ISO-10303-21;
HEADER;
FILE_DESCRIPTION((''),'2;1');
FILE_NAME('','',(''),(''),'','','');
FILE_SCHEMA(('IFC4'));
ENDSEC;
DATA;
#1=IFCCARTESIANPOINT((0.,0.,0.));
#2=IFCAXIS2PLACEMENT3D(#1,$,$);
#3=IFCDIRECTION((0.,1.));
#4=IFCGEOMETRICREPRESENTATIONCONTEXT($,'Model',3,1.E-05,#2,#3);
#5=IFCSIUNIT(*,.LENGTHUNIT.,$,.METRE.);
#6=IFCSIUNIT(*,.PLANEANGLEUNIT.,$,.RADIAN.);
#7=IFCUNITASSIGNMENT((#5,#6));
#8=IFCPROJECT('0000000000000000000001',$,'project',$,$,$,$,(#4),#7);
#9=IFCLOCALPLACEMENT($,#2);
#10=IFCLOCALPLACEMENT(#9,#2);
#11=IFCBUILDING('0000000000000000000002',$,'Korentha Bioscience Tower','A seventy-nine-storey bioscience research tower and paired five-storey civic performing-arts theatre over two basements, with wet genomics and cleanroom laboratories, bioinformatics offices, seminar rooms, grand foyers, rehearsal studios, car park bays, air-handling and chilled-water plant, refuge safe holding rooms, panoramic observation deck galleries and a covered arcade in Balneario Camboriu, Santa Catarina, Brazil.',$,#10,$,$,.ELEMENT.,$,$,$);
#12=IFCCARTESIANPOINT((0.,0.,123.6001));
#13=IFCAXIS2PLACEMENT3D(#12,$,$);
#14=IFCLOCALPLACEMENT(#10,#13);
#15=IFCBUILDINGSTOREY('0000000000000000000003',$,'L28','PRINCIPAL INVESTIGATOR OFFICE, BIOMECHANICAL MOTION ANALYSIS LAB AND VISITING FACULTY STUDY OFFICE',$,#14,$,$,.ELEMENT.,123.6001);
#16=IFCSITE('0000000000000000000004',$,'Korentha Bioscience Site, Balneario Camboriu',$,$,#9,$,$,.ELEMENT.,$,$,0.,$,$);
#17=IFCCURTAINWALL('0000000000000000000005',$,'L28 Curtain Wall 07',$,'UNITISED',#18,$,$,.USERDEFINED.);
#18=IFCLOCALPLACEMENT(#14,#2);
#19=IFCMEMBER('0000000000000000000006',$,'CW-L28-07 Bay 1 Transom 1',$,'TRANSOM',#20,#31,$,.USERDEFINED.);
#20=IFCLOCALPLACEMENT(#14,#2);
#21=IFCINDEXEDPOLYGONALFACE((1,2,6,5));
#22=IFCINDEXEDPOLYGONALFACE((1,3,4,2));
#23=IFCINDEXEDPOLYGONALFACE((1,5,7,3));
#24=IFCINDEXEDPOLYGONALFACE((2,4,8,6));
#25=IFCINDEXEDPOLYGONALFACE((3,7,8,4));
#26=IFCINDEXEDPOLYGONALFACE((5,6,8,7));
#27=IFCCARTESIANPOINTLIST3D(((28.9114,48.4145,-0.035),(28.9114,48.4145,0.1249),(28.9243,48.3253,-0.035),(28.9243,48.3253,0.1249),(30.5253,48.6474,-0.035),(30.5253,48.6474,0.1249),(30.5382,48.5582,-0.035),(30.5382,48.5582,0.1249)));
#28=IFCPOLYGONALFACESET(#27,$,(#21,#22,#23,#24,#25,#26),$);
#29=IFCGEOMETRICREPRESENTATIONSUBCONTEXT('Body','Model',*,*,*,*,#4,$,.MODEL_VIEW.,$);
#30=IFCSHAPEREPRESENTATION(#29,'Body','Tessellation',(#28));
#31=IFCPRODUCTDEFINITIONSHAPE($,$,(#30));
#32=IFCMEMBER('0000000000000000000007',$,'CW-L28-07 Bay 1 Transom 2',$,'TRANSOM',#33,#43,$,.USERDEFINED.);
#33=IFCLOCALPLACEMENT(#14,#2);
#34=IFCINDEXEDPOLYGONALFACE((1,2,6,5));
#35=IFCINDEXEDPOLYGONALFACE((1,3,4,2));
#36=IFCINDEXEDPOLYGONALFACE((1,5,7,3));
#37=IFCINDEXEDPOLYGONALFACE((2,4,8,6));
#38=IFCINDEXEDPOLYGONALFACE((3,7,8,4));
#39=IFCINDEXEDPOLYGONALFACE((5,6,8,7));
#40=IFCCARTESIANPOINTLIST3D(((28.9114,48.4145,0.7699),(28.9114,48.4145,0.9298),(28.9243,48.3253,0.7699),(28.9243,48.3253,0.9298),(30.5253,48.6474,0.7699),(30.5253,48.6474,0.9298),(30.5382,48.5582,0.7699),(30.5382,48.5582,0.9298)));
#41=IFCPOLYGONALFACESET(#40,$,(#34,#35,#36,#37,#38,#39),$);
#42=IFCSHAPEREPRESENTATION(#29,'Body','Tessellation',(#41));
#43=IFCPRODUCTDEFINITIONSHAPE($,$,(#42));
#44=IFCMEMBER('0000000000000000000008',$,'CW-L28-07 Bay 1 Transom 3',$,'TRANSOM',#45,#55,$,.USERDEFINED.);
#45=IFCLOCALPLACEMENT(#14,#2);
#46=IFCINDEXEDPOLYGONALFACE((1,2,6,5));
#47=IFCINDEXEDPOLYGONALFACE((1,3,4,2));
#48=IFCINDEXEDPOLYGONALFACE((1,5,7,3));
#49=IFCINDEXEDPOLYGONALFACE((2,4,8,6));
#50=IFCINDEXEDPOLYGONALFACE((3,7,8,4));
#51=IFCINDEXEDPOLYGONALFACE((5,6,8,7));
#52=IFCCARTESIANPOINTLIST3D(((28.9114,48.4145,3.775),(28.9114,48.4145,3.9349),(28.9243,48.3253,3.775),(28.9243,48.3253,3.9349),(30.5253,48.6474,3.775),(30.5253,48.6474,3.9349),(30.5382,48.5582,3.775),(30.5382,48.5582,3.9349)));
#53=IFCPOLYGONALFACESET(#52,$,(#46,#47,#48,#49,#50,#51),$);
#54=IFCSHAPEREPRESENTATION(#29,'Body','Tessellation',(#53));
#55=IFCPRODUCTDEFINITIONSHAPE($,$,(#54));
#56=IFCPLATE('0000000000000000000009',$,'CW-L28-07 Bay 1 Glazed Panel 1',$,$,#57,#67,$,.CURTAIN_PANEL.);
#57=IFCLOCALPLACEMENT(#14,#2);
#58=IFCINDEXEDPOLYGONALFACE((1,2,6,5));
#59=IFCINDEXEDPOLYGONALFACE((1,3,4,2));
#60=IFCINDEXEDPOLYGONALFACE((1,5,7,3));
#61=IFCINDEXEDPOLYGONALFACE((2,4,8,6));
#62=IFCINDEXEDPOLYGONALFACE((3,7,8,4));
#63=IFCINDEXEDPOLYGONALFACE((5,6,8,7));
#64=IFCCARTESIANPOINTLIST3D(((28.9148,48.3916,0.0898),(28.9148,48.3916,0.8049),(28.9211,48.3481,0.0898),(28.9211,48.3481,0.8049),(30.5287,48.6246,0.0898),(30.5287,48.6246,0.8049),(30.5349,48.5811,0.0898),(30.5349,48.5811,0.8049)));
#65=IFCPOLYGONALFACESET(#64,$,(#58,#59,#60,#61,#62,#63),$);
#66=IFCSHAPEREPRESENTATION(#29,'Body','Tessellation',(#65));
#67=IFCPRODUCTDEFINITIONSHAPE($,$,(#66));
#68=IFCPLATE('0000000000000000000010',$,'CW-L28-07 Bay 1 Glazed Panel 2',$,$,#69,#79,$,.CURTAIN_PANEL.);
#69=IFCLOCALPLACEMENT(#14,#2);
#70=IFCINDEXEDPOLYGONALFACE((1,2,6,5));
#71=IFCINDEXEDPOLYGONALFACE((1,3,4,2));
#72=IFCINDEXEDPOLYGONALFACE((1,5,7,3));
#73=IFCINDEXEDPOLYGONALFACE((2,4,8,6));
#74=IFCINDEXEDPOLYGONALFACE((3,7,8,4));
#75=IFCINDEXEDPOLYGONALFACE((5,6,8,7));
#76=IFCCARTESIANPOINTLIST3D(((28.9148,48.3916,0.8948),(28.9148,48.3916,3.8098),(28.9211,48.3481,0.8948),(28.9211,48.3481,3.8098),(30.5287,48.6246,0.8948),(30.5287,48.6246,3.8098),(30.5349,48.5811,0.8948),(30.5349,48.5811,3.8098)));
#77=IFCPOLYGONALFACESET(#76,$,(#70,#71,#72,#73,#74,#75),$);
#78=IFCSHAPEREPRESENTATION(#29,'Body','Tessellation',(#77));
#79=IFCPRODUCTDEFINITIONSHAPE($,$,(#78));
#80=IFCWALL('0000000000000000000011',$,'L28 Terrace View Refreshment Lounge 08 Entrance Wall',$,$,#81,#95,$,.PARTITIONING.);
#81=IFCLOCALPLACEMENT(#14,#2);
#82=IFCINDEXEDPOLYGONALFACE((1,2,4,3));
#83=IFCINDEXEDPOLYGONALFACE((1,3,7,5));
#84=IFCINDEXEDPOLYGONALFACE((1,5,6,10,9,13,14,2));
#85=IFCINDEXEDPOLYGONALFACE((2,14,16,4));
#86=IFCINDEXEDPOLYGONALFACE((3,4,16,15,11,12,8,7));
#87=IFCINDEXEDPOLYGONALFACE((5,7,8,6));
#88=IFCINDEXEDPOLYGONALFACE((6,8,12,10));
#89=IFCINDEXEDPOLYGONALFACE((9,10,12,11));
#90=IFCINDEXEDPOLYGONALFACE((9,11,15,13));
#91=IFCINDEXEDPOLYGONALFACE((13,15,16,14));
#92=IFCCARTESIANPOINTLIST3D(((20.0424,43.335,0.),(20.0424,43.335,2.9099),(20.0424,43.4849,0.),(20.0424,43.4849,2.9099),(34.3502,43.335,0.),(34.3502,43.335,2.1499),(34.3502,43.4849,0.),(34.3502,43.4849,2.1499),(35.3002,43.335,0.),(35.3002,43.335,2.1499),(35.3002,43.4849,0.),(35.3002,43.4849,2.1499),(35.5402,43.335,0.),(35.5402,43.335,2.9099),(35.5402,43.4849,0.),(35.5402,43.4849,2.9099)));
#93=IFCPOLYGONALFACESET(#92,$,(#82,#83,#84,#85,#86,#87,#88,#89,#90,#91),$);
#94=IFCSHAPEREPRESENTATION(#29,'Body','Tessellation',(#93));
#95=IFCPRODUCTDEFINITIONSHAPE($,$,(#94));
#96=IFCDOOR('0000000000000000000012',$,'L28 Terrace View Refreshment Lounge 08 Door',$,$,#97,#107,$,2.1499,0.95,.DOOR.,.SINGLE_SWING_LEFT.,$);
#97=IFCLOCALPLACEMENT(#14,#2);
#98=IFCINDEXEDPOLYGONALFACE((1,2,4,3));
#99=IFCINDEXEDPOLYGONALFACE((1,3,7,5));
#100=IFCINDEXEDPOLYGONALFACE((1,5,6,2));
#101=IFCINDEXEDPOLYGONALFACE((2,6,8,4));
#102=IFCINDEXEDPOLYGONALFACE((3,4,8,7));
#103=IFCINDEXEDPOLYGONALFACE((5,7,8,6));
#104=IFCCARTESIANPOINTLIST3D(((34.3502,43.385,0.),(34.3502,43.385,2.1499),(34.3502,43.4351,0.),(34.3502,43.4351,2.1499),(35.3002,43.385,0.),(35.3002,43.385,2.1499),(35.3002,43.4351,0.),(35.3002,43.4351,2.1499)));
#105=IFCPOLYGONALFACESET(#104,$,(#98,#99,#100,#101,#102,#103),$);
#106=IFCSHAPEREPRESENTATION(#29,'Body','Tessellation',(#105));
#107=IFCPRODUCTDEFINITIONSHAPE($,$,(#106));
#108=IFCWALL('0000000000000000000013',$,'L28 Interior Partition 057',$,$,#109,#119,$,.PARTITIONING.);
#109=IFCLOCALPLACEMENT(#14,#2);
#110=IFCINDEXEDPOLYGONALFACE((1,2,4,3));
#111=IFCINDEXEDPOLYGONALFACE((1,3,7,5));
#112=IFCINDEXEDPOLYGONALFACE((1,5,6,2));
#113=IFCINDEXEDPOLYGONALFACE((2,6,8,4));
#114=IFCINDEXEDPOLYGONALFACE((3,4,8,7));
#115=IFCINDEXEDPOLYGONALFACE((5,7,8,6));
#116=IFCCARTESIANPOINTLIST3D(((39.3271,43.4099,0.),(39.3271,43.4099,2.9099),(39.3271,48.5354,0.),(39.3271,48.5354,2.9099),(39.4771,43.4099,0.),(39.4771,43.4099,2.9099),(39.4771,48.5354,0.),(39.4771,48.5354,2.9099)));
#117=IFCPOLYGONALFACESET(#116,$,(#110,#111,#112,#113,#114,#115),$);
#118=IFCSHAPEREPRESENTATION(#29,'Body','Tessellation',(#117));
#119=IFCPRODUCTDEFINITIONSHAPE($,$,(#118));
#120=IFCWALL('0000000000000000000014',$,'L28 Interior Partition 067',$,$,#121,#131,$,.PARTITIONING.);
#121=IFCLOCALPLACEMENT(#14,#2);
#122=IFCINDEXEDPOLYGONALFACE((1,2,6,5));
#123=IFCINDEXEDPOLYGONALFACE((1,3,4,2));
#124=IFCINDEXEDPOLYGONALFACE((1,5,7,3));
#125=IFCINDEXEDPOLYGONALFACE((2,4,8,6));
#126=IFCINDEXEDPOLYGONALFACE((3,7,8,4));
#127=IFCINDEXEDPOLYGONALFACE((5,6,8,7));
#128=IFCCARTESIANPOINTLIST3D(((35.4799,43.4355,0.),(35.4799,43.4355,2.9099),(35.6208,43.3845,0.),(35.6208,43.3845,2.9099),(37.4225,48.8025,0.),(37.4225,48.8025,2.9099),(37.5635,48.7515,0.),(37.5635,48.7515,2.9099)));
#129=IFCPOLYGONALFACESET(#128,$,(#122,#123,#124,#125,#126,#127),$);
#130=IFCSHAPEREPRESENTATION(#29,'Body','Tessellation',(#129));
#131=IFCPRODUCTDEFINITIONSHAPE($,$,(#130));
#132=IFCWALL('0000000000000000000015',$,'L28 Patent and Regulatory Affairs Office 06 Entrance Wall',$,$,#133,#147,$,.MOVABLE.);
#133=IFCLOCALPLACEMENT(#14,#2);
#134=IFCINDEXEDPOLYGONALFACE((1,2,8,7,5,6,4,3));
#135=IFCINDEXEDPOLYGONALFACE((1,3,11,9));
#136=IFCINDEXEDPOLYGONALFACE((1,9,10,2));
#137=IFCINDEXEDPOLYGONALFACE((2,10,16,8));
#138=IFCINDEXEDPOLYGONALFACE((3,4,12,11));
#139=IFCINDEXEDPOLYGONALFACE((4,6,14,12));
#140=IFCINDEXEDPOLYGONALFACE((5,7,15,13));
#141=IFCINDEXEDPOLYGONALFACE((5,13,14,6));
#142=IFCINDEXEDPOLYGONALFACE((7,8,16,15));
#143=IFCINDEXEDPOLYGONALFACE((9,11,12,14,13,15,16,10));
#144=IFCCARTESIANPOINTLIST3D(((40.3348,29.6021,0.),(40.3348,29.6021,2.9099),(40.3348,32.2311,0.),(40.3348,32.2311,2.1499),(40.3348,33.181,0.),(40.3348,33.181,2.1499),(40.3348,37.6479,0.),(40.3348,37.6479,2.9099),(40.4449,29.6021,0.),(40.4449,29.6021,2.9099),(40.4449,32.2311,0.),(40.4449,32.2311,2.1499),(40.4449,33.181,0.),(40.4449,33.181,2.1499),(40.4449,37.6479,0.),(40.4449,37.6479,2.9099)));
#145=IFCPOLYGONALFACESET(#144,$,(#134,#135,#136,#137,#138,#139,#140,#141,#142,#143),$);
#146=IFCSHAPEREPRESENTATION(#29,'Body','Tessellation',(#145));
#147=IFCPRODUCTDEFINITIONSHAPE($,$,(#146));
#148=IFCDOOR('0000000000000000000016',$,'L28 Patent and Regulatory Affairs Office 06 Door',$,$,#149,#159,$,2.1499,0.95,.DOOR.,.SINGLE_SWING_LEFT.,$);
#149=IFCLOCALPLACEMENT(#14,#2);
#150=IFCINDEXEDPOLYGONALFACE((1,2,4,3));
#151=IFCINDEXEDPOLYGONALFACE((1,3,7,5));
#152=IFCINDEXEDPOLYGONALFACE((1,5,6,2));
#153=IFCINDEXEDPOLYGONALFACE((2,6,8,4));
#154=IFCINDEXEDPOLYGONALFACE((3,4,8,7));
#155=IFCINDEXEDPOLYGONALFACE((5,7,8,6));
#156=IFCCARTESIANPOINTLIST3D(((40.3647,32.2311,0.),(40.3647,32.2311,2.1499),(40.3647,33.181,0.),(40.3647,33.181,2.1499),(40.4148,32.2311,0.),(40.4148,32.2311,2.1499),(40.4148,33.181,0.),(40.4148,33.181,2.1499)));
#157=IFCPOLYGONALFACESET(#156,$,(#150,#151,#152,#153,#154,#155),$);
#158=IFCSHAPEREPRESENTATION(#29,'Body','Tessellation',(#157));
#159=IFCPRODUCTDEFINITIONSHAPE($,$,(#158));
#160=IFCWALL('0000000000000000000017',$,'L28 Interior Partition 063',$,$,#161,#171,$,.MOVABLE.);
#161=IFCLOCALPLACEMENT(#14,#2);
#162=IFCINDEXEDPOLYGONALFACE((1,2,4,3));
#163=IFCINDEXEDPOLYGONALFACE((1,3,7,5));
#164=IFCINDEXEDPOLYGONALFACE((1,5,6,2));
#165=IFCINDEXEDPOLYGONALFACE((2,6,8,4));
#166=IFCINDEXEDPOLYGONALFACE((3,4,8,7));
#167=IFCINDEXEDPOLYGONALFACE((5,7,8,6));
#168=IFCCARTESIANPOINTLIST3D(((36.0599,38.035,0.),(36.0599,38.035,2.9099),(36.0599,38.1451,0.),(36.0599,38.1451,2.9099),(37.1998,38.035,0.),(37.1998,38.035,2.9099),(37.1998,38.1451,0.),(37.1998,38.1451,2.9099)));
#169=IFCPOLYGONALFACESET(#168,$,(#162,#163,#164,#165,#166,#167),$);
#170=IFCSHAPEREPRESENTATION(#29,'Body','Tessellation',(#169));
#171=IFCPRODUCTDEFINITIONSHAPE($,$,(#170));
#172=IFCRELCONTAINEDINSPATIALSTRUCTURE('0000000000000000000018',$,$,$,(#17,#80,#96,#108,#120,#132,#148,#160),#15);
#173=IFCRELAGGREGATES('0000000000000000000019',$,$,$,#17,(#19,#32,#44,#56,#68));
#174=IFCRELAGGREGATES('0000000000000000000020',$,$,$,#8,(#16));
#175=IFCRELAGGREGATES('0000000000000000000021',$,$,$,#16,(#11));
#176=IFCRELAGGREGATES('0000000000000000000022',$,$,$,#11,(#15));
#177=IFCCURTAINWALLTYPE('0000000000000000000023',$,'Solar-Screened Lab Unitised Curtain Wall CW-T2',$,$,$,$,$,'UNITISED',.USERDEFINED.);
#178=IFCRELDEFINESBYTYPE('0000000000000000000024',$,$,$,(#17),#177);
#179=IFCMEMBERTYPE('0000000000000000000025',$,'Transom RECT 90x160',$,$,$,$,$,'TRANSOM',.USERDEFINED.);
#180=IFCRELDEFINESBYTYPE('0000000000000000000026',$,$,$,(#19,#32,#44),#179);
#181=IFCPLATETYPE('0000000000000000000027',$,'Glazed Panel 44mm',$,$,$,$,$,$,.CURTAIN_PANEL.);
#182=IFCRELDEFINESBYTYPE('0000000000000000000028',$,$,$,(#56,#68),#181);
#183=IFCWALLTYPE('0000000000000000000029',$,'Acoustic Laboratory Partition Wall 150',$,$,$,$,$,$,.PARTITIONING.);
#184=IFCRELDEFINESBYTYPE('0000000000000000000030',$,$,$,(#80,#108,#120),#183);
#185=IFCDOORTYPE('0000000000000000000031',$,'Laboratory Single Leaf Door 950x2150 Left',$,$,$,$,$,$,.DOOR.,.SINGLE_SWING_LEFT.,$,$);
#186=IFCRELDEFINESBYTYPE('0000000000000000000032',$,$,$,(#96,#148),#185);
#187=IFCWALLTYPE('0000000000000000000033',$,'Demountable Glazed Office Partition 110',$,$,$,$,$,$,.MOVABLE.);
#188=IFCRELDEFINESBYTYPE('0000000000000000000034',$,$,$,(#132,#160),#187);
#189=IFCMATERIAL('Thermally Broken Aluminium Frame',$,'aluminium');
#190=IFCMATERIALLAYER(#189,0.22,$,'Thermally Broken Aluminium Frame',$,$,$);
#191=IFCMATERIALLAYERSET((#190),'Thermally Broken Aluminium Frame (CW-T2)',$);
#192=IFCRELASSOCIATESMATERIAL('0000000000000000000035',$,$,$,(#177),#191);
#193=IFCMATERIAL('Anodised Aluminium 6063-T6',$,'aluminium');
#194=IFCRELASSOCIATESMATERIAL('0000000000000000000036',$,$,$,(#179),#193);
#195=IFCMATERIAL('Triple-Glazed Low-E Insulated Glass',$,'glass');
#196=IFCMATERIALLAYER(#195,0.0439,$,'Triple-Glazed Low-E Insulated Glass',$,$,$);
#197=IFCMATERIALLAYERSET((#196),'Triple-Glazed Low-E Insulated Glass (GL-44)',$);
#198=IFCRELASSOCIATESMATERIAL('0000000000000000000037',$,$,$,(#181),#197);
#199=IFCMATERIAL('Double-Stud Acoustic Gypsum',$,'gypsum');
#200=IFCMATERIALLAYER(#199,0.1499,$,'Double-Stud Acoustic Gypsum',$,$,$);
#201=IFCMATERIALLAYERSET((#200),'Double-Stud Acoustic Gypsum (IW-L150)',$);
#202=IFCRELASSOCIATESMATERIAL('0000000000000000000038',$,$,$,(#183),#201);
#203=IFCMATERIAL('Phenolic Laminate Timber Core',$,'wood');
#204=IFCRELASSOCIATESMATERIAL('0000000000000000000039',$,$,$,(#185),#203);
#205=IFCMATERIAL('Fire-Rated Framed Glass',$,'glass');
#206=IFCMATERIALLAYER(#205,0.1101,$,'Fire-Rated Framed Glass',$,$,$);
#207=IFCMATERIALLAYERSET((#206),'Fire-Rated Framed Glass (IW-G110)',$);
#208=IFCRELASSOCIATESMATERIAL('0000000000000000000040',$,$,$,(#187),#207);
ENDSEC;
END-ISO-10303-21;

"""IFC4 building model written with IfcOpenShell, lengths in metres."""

from ifc_helpers import new_model, si_unit, direction, frame, frame_2d, origin, origin_2d, place, context, subcontext, project, spatial, rectangle, extrude, material, layer, layer_set, material_profile, profile_set, type_object, element, fill, aggregate, save


model = new_model("IFC4")

# Units and contexts
model_context = context("Model", 3, precision=1e-05, world=origin(), true_north=direction((0.0, 1.0)))
body_context = subcontext(model_context, "Body", "Model", "MODEL_VIEW")
ifc_project = project(units=[si_unit("LENGTHUNIT", "METRE"), si_unit("PLANEANGLEUNIT", "RADIAN")], contexts=[model_context])

# Site, building, storey
site_placement = place(None, origin())
site = spatial("IfcSite", under=ifc_project, at=site_placement, Name="Korentha Bioscience Site, Balneario Camboriu", CompositionType="ELEMENT", RefElevation=0.0)
building_placement = place(site_placement, origin())
building = spatial("IfcBuilding", under=site, at=building_placement, Name="Korentha Bioscience Tower", Description="A seventy-nine-storey bioscience research tower and paired five-storey civic performing-arts theatre over two basements, with wet genomics and cleanroom laboratories, bioinformatics offices, seminar rooms, grand foyers, rehearsal studios, car park bays, air-handling and chilled-water plant, refuge safe holding rooms, panoramic observation deck galleries and a covered arcade in Balneario Camboriu, Santa Catarina, Brazil.", CompositionType="ELEMENT")
storey_placement = place(building_placement, frame((0.0, 0.0, 123.6001)))
storey = spatial("IfcBuildingStorey", under=building, at=storey_placement, Name="L28", Description="PRINCIPAL INVESTIGATOR OFFICE, BIOMECHANICAL MOTION ANALYSIS LAB AND VISITING FACULTY STUDY OFFICE", CompositionType="ELEMENT", Elevation=123.6001)

# Curtain wall
ifc_material_1 = material(Name="Thermally Broken Aluminium Frame", Category="aluminium")
ifc_layer_1 = layer(ifc_material_1, 0.22, Name="Thermally Broken Aluminium Frame")
ifc_layer_set_1 = layer_set([ifc_layer_1], Name="Thermally Broken Aluminium Frame (CW-T2)")
curtain_wall_type = type_object("IfcCurtainWallType", Name="Solar-Screened Lab Unitised Curtain Wall CW-T2", ElementType="UNITISED", PredefinedType="USERDEFINED", material=ifc_layer_set_1)
curtain_wall_placement = place(storey_placement, origin())
curtain_wall = element("IfcCurtainWall", 1, at=curtain_wall_placement, inside=storey, type_object=curtain_wall_type, Name="L28 Curtain Wall 07", ObjectType="UNITISED", PredefinedType="USERDEFINED")
ifc_material_2 = material(Name="Anodised Aluminium 6063-T6", Category="aluminium")

# Members
ifc_material_profile_1 = material_profile(ifc_material_2, rectangle(XDim=0.0901, YDim=0.1599, at=origin_2d()), Name="Anodised Aluminium 6063-T6")
ifc_profile_set_1 = profile_set([ifc_material_profile_1], Name="Anodised Aluminium 6063-T6 (CW-TRN)")
member_type_1 = type_object("IfcMemberType", Name="Transom RECT 90x160", ElementType="TRANSOM", PredefinedType="USERDEFINED", material=ifc_profile_set_1)
member_1_placement = place(storey_placement, frame((30.5317, 48.6028, 0.0449), z_axis=(-0.989748, -0.142826, 0.0), x_axis=(0.142826, -0.989748, 0.0)))
member_1 = element("IfcMember", 2, at=member_1_placement, type_object=member_type_1, Name="CW-L28-07 Bay 1 Transom 1", ObjectType="TRANSOM", PredefinedType="USERDEFINED", context=body_context, shape_type="SweptSolid", body=[
    extrude(rectangle(XDim=0.0901, YDim=0.1599, at=origin_2d()), origin(), (0.0, 0.0, 1.0), 1.6306),
])
member_2_placement = place(storey_placement, frame((30.5317, 48.6028, 0.8499), z_axis=(-0.989748, -0.142826, 0.0), x_axis=(0.142826, -0.989748, 0.0)))
member_2 = element("IfcMember", 3, at=member_2_placement, type_object=member_type_1, Name="CW-L28-07 Bay 1 Transom 2", ObjectType="TRANSOM", PredefinedType="USERDEFINED", context=body_context, shape_type="SweptSolid", body=[
    extrude(rectangle(XDim=0.0901, YDim=0.1599, at=origin_2d()), origin(), (0.0, 0.0, 1.0), 1.6306),
])
member_3_placement = place(storey_placement, frame((30.5317, 48.6028, 3.855), z_axis=(-0.989748, -0.142826, 0.0), x_axis=(0.142826, -0.989748, 0.0)))
member_3 = element("IfcMember", 4, at=member_3_placement, type_object=member_type_1, Name="CW-L28-07 Bay 1 Transom 3", ObjectType="TRANSOM", PredefinedType="USERDEFINED", context=body_context, shape_type="SweptSolid", body=[
    extrude(rectangle(XDim=0.0901, YDim=0.1599, at=origin_2d()), origin(), (0.0, 0.0, 1.0), 1.6306),
])

# Plates
ifc_material_3 = material(Name="Triple-Glazed Low-E Insulated Glass", Category="glass")
ifc_layer_2 = layer(ifc_material_3, 0.0439, Name="Triple-Glazed Low-E Insulated Glass")
ifc_layer_set_2 = layer_set([ifc_layer_2], Name="Triple-Glazed Low-E Insulated Glass (GL-44)")
plate_type = type_object("IfcPlateType", Name="Glazed Panel 44mm", PredefinedType="CURTAIN_PANEL", material=ifc_layer_set_2)
plate_1_placement = place(storey_placement, frame((29.7249, 48.4863, 0.0898), z_axis=(0.0, 0.0, 1.0), x_axis=(-0.989738, -0.142892, 0.0)))
plate_1 = element("IfcPlate", 5, at=plate_1_placement, type_object=plate_type, Name="CW-L28-07 Bay 1 Glazed Panel 1", PredefinedType="CURTAIN_PANEL", context=body_context, shape_type="SweptSolid", body=[
    extrude(rectangle(XDim=1.6306, YDim=0.0439, at=origin_2d()), origin(), (0.0, 0.0, 1.0), 0.7151),
])
plate_2_placement = place(storey_placement, frame((29.7249, 48.4863, 0.8948), z_axis=(0.0, 0.0, 1.0), x_axis=(-0.989738, -0.142892, 0.0)))
plate_2 = element("IfcPlate", 6, at=plate_2_placement, type_object=plate_type, Name="CW-L28-07 Bay 1 Glazed Panel 2", PredefinedType="CURTAIN_PANEL", context=body_context, shape_type="SweptSolid", body=[
    extrude(rectangle(XDim=1.6306, YDim=0.0439, at=origin_2d()), origin(), (0.0, 0.0, 1.0), 2.915),
])
aggregate(curtain_wall, [member_1, member_2, member_3, plate_1, plate_2])

# Wall, opening, door
ifc_material_4 = material(Name="Double-Stud Acoustic Gypsum", Category="gypsum")
ifc_layer_3 = layer(ifc_material_4, 0.1499, Name="Double-Stud Acoustic Gypsum")
ifc_layer_set_3 = layer_set([ifc_layer_3], Name="Double-Stud Acoustic Gypsum (IW-L150)")
wall_type_1 = type_object("IfcWallType", Name="Acoustic Laboratory Partition Wall 150", PredefinedType="PARTITIONING", material=ifc_layer_set_3)
ifc_material_5 = material(Name="Phenolic Laminate Timber Core", Category="wood")
wall_1_placement = place(storey_placement, frame((35.5403, 43.4099, 0.0), z_axis=(0.0, 0.0, 1.0), x_axis=(-1.0, 0.0, 0.0)))
wall_1 = element("IfcWall", 7, at=wall_1_placement, inside=storey, type_object=wall_type_1, Name="L28 Terrace View Refreshment Lounge 08 Entrance Wall", PredefinedType="PARTITIONING", context=body_context, shape_type="SweptSolid", body=[
    extrude(rectangle(XDim=15.4978, YDim=0.1499, at=frame_2d((7.749, 0.0))), origin(), (0.0, 0.0, 1.0), 2.9099),
])
opening_1_placement = place(wall_1_placement, frame((0.24, 0.0, 0.0)))
opening_1 = element("IfcOpeningElement", 8, at=opening_1_placement, cuts=wall_1, PredefinedType="OPENING", context=body_context, shape_type="SweptSolid", body=[
    extrude(rectangle(XDim=0.95, YDim=2.1499, at=frame_2d((0.4751, 1.075))), frame((0.0, 0.0898, 0.0), z_axis=(0.0, -1.0, 0.0), x_axis=(1.0, 0.0, 0.0)), (0.0, 0.0, 1.0), 0.1797),
])
door_type_1 = type_object("IfcDoorType", Name="Laboratory Single Leaf Door 950x2150 Left", OperationType="SINGLE_SWING_LEFT", PredefinedType="DOOR", material=ifc_material_5)
door_1_placement = place(opening_1_placement, origin())
door_1 = element("IfcDoor", 9, at=door_1_placement, inside=storey, type_object=door_type_1, Name="L28 Terrace View Refreshment Lounge 08 Door", OperationType="SINGLE_SWING_LEFT", OverallHeight=2.1499, OverallWidth=0.95, PredefinedType="DOOR", context=body_context, shape_type="SweptSolid", body=[
    extrude(rectangle(XDim=0.95, YDim=2.1499, at=frame_2d((0.4751, 1.075))), frame((0.0, 0.0249, 0.0), z_axis=(0.0, -1.0, 0.0), x_axis=(1.0, 0.0, 0.0)), (0.0, 0.0, 1.0), 0.05),
])
fill(opening_1, door_1)

# Walls
wall_2_placement = place(storey_placement, frame((39.4021, 43.4099, 0.0), z_axis=(0.0, 0.0, 1.0), x_axis=(0.0, 1.0, 0.0)))
element("IfcWall", 10, at=wall_2_placement, inside=storey, type_object=wall_type_1, Name="L28 Interior Partition 057", PredefinedType="PARTITIONING", context=body_context, shape_type="SweptSolid", body=[
    extrude(rectangle(XDim=5.1255, YDim=0.1499, at=frame_2d((2.5627, 0.0))), origin(), (0.0, 0.0, 1.0), 2.9099),
])
wall_3_placement = place(storey_placement, frame((35.5503, 43.4099, 0.0), z_axis=(0.0, 0.0, 1.0), x_axis=(0.340352, 0.940298, 0.0)))
element("IfcWall", 11, at=wall_3_placement, inside=storey, type_object=wall_type_1, Name="L28 Interior Partition 067", PredefinedType="PARTITIONING", context=body_context, shape_type="SweptSolid", body=[
    extrude(rectangle(XDim=5.7078, YDim=0.1499, at=frame_2d((2.854, 0.0))), origin(), (0.0, 0.0, 1.0), 2.9099),
])

# Wall, opening, door
ifc_material_6 = material(Name="Fire-Rated Framed Glass", Category="glass")
ifc_layer_4 = layer(ifc_material_6, 0.1101, Name="Fire-Rated Framed Glass")
ifc_layer_set_4 = layer_set([ifc_layer_4], Name="Fire-Rated Framed Glass (IW-G110)")
wall_type_2 = type_object("IfcWallType", Name="Demountable Glazed Office Partition 110", PredefinedType="MOVABLE", material=ifc_layer_set_4)
wall_4_placement = place(storey_placement, frame((40.3899, 37.6479, 0.0), z_axis=(0.0, 0.0, 1.0), x_axis=(0.0, -1.0, 0.0)))
wall_4 = element("IfcWall", 12, at=wall_4_placement, inside=storey, type_object=wall_type_2, Name="L28 Patent and Regulatory Affairs Office 06 Entrance Wall", PredefinedType="MOVABLE", context=body_context, shape_type="SweptSolid", body=[
    extrude(rectangle(XDim=8.0459, YDim=0.1101, at=frame_2d((4.0229, 0.0))), origin(), (0.0, 0.0, 1.0), 2.9099),
])
opening_2_placement = place(wall_4_placement, frame((4.4668, 0.0, 0.0)))
opening_2 = element("IfcOpeningElement", 13, at=opening_2_placement, cuts=wall_4, PredefinedType="OPENING", context=body_context, shape_type="SweptSolid", body=[
    extrude(rectangle(XDim=0.95, YDim=2.1499, at=frame_2d((0.4751, 1.075))), frame((0.0, 0.0698, 0.0), z_axis=(0.0, -1.0, 0.0), x_axis=(1.0, 0.0, 0.0)), (0.0, 0.0, 1.0), 0.1399),
])
door_2_placement = place(opening_2_placement, origin())
door_2 = element("IfcDoor", 14, at=door_2_placement, inside=storey, type_object=door_type_1, Name="L28 Patent and Regulatory Affairs Office 06 Door", OperationType="SINGLE_SWING_LEFT", OverallHeight=2.1499, OverallWidth=0.95, PredefinedType="DOOR", context=body_context, shape_type="SweptSolid", body=[
    extrude(rectangle(XDim=0.95, YDim=2.1499, at=frame_2d((0.4751, 1.075))), frame((0.0, 0.0249, 0.0), z_axis=(0.0, -1.0, 0.0), x_axis=(1.0, 0.0, 0.0)), (0.0, 0.0, 1.0), 0.05),
])
fill(opening_2, door_2)

# Wall
wall_5_placement = place(storey_placement, frame((36.0601, 38.0901, 0.0), z_axis=(0.0, 0.0, 1.0), x_axis=(1.0, 0.0, 0.0)))
element("IfcWall", 15, at=wall_5_placement, inside=storey, type_object=wall_type_2, Name="L28 Interior Partition 063", PredefinedType="MOVABLE", context=body_context, shape_type="SweptSolid", body=[
    extrude(rectangle(XDim=1.1399, YDim=0.1101, at=frame_2d((0.5698, 0.0))), origin(), (0.0, 0.0, 1.0), 2.9099),
])

save(model, "model.ifc")
